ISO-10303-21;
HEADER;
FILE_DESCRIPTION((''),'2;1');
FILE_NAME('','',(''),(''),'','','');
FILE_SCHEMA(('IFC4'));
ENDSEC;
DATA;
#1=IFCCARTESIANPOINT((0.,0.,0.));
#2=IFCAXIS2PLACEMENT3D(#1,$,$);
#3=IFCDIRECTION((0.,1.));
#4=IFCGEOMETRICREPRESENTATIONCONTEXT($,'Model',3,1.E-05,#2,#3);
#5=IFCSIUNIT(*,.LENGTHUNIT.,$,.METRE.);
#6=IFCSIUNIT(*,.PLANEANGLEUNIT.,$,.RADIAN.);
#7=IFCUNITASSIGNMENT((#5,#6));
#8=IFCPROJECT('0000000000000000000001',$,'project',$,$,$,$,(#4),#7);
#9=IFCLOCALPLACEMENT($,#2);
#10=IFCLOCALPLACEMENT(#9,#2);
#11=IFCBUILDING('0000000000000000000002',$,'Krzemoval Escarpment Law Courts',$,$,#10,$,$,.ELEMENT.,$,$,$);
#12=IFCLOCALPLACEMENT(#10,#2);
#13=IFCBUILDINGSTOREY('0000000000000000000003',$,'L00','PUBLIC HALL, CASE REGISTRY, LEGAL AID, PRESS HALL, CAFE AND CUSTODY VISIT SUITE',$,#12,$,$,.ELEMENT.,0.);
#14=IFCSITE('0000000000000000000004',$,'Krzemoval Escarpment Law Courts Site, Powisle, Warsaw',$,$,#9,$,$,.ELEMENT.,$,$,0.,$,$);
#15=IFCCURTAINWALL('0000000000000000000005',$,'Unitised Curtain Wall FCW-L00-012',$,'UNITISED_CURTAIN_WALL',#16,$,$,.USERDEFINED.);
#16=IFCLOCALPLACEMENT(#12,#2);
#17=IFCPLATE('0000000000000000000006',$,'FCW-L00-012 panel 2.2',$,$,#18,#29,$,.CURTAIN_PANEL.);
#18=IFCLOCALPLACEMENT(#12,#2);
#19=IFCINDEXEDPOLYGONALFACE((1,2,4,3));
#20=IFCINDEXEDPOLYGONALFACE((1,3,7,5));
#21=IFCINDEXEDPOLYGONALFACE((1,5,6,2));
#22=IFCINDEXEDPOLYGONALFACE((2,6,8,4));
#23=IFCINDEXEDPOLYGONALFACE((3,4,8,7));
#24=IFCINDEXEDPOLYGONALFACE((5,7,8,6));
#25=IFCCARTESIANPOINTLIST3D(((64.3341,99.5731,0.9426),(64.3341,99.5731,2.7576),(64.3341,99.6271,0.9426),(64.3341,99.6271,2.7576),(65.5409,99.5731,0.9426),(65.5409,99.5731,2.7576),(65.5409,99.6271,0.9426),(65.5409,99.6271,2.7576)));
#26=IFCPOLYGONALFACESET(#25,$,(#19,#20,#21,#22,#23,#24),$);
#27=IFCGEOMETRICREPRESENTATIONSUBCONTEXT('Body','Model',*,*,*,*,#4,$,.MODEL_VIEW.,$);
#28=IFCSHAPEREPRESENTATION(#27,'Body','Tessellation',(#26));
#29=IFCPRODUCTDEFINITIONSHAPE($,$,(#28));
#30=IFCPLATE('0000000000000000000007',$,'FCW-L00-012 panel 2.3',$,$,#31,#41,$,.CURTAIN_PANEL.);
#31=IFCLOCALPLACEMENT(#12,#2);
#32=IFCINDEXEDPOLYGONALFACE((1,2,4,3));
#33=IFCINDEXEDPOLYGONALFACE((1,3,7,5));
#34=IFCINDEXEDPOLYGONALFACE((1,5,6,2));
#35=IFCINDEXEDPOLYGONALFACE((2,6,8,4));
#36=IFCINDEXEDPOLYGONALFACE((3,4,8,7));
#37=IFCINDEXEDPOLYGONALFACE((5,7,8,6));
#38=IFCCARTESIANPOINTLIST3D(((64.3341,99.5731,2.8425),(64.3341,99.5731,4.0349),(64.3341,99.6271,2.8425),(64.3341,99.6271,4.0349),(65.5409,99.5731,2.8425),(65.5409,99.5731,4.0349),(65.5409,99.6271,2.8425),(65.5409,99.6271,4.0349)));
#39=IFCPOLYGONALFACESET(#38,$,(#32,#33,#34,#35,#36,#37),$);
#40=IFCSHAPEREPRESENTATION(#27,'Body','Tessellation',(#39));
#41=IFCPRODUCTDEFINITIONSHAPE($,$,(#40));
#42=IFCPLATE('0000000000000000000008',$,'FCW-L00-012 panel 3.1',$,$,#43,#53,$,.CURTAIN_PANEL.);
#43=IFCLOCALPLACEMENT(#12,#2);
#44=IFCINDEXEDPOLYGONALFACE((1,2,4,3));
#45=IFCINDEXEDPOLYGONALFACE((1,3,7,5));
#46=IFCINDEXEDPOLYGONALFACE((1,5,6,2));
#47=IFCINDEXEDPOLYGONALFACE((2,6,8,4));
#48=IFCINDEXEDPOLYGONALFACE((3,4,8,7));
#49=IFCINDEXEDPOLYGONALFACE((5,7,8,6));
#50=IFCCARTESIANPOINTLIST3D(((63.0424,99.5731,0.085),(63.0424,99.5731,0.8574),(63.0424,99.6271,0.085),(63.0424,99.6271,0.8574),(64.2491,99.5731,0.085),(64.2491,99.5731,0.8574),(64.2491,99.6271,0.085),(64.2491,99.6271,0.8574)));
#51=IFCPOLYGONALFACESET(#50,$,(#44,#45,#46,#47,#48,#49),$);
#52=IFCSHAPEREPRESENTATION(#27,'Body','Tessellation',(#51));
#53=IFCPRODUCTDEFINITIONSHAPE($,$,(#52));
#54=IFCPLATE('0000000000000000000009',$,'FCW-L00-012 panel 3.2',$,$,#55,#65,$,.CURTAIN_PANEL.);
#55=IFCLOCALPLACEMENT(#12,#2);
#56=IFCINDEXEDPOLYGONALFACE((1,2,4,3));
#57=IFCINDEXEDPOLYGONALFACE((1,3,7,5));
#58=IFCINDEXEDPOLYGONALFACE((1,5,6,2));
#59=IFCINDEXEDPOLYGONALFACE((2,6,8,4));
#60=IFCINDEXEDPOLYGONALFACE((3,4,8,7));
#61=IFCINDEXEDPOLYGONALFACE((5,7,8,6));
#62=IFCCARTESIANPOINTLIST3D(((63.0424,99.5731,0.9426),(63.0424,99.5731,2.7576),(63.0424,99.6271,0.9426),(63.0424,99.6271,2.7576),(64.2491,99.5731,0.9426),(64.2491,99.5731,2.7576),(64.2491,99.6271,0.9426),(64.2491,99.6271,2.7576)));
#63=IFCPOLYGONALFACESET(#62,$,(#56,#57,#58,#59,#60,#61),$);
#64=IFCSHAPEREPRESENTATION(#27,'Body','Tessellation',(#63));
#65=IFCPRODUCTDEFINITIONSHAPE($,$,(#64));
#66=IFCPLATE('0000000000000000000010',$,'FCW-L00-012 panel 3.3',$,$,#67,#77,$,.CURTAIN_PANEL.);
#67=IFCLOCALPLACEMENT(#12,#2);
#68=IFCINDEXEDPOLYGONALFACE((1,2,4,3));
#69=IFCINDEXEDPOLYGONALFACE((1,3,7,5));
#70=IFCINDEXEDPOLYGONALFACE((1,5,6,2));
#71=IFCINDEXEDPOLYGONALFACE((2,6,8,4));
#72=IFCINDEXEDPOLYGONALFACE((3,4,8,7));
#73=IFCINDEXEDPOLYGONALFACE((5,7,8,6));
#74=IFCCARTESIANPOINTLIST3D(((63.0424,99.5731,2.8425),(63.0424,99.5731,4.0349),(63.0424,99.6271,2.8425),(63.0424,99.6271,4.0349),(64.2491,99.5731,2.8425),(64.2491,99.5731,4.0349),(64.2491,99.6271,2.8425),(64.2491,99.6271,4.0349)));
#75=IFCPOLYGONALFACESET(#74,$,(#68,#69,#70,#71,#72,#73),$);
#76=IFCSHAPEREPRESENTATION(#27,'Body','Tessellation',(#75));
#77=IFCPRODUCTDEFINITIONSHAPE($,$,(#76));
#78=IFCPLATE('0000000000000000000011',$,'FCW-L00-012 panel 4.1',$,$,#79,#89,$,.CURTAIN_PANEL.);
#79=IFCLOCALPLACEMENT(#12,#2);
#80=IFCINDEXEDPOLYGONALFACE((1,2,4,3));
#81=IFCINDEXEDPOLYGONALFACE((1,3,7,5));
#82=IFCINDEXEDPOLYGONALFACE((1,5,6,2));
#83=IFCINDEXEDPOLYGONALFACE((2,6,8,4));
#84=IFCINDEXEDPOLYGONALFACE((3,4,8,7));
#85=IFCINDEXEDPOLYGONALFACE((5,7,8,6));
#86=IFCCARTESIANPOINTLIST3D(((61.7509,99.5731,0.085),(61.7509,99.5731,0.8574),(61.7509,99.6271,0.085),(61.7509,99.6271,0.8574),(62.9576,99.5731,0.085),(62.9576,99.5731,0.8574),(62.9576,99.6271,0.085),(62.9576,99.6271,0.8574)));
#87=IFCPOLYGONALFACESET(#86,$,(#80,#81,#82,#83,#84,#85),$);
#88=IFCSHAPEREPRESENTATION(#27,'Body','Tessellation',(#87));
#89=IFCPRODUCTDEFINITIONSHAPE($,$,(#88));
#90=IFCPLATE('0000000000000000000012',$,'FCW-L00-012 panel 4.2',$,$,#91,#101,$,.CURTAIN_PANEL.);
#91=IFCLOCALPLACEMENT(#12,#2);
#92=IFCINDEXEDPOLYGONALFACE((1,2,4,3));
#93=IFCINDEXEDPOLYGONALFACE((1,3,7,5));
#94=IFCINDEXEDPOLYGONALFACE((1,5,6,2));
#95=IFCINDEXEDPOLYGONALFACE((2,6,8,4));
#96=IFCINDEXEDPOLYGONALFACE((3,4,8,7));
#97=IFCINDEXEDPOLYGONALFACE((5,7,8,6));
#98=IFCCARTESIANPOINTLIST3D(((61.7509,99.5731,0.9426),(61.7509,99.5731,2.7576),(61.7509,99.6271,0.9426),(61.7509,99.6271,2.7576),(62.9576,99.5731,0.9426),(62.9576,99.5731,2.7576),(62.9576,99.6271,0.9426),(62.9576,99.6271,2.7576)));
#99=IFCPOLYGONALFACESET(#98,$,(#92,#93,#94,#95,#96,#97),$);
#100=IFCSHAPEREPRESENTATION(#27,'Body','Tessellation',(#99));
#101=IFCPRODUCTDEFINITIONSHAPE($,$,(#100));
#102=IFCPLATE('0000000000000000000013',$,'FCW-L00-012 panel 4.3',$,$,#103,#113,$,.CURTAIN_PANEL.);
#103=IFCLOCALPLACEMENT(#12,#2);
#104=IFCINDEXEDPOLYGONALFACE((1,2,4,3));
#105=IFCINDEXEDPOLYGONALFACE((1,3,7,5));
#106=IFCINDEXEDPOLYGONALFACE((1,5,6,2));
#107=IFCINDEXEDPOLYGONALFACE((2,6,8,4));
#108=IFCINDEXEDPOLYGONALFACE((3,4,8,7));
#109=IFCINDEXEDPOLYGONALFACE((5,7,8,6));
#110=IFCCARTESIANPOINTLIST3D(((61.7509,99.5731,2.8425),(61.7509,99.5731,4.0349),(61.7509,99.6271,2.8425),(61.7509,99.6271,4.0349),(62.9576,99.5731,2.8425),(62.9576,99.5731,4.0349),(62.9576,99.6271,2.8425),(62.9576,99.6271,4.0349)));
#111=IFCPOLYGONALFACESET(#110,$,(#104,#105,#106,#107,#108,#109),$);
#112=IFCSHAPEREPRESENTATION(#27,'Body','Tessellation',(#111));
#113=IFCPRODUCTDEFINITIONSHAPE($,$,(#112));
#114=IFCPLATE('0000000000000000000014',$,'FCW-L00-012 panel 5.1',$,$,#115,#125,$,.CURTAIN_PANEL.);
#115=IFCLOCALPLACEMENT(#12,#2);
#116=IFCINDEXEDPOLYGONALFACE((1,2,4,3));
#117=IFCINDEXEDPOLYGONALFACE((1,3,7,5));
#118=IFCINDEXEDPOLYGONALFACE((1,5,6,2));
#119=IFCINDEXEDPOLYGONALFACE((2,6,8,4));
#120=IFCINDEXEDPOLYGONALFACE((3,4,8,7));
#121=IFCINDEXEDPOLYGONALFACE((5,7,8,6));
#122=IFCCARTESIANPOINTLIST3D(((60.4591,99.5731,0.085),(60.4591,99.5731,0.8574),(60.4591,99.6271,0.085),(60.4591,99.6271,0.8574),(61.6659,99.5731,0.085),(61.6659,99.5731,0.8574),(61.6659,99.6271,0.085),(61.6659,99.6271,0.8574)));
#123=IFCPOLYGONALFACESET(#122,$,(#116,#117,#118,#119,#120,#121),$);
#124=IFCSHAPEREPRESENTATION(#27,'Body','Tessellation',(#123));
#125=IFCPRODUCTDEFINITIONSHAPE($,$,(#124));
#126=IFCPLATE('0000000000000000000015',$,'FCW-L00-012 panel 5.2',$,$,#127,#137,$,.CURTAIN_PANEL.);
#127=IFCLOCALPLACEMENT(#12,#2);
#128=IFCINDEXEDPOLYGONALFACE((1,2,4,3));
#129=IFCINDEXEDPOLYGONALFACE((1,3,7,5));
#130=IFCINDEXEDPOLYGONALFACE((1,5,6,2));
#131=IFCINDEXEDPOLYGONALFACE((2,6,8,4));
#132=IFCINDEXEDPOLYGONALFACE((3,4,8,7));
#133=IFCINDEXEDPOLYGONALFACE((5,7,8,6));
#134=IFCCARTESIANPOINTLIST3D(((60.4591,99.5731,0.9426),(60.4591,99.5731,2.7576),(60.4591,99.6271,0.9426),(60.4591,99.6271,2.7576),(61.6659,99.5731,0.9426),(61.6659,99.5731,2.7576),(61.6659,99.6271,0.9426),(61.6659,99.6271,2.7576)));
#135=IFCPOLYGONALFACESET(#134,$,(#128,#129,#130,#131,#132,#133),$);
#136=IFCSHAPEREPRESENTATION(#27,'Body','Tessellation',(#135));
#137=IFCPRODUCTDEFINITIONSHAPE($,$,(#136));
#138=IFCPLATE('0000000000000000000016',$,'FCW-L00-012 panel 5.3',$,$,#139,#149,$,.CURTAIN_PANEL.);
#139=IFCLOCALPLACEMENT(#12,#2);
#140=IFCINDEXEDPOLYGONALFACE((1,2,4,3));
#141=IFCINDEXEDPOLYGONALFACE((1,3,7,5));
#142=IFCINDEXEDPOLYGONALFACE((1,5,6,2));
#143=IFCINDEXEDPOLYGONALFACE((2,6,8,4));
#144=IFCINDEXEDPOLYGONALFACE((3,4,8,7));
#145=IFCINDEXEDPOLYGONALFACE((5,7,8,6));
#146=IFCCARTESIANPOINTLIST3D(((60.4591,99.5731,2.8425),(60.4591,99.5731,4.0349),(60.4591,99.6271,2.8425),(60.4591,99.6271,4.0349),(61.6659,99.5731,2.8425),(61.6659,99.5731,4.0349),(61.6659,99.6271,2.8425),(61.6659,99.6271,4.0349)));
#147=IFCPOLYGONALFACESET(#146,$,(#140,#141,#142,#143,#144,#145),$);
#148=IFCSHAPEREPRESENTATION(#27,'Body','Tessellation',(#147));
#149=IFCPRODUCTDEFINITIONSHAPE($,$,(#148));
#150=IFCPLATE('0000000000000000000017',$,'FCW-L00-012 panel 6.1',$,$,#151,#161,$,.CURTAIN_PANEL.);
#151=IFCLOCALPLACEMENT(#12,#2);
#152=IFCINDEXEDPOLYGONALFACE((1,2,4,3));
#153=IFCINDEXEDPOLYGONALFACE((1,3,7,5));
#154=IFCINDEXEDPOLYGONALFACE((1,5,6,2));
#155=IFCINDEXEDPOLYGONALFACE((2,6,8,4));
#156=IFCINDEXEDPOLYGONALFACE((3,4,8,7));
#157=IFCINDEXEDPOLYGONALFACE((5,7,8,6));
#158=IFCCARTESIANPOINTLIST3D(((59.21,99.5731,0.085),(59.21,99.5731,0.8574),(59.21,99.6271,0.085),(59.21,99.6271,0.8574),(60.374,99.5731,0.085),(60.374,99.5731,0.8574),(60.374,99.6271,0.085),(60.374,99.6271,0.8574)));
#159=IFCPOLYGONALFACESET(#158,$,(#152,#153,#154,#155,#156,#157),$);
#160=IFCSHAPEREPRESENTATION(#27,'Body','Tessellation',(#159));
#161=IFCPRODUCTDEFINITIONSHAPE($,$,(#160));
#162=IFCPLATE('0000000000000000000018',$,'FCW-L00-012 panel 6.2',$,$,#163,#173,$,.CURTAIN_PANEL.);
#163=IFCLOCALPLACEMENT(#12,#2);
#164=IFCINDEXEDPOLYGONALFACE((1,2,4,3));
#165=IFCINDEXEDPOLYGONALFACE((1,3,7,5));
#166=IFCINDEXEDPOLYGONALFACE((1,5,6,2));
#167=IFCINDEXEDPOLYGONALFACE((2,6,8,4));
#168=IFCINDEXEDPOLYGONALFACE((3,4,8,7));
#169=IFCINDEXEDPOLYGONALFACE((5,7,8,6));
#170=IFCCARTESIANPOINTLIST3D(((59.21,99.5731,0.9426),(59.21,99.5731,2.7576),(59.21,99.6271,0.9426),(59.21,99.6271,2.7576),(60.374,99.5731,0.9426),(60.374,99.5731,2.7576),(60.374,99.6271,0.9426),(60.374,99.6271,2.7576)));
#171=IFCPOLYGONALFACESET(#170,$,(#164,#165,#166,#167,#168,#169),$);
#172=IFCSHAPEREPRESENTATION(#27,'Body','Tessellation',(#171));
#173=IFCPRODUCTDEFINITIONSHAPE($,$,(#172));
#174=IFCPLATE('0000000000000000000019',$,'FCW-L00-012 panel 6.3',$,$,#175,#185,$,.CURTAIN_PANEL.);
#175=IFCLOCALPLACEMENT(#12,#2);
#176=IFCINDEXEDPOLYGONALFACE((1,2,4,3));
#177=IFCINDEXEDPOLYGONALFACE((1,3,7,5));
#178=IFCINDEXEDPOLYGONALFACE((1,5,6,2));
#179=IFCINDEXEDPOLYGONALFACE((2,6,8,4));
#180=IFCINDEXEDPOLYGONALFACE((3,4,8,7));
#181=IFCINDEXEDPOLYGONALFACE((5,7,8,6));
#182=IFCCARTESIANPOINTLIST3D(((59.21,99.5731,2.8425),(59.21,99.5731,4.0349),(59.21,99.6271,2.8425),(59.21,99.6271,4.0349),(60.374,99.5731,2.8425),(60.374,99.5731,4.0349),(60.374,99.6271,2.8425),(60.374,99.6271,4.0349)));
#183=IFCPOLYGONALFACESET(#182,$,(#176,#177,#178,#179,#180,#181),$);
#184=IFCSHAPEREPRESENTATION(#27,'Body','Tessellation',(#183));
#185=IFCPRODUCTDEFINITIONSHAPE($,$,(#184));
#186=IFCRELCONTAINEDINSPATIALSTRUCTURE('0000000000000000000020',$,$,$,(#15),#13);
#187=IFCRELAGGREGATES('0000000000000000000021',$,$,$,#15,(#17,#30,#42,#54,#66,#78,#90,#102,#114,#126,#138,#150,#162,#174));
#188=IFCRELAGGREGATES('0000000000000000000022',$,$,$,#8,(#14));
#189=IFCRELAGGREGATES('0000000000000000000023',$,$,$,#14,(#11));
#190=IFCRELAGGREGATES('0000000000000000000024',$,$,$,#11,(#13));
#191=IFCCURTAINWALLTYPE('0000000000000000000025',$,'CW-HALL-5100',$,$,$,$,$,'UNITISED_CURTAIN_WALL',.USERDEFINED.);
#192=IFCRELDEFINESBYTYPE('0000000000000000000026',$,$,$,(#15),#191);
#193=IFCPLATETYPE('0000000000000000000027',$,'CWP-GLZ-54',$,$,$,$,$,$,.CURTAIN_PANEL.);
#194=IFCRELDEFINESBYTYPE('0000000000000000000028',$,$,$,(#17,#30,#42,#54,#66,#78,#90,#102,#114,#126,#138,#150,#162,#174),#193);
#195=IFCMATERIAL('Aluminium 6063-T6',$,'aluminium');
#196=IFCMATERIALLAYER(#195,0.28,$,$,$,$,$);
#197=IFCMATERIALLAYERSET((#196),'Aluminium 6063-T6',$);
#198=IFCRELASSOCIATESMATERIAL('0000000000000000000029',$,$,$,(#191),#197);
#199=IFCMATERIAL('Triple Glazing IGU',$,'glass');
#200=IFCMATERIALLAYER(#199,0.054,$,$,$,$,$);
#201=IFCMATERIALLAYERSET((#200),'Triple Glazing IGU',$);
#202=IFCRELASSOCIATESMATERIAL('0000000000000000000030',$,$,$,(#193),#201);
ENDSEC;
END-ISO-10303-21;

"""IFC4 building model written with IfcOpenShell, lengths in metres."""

from ifc_helpers import new_model, si_unit, direction, frame, origin, origin_2d, place, context, subcontext, project, spatial, rectangle, extrude, material, layer, layer_set, type_object, element, aggregate, save


model = new_model("IFC4")

# Units and contexts
model_context = context("Model", 3, precision=1e-05, world=origin(), true_north=direction((0.0, 1.0)))
body_context = subcontext(model_context, "Body", "Model", "MODEL_VIEW")
ifc_project = project(units=[si_unit("LENGTHUNIT", "METRE"), si_unit("PLANEANGLEUNIT", "RADIAN")], contexts=[model_context])

# Site, building, storey
site_placement = place(None, origin())
site = spatial("IfcSite", under=ifc_project, at=site_placement, Name="Krzemoval Escarpment Law Courts Site, Powisle, Warsaw", CompositionType="ELEMENT", RefElevation=0.0)
building_placement = place(site_placement, origin())
building = spatial("IfcBuilding", under=site, at=building_placement, Name="Krzemoval Escarpment Law Courts", CompositionType="ELEMENT")
storey_placement = place(building_placement, origin())
storey = spatial("IfcBuildingStorey", under=building, at=storey_placement, Name="L00", Description="PUBLIC HALL, CASE REGISTRY, LEGAL AID, PRESS HALL, CAFE AND CUSTODY VISIT SUITE", CompositionType="ELEMENT", Elevation=0.0)

# Curtain wall, plates
ifc_material_1 = material(Name="Aluminium 6063-T6", Category="aluminium")
ifc_layer_1 = layer(ifc_material_1, 0.28)
ifc_layer_set_1 = layer_set([ifc_layer_1], Name="Aluminium 6063-T6")
curtain_wall_type = type_object("IfcCurtainWallType", Name="CW-HALL-5100", ElementType="UNITISED_CURTAIN_WALL", PredefinedType="USERDEFINED", material=ifc_layer_set_1)
curtain_wall_placement = place(storey_placement, origin())
curtain_wall = element("IfcCurtainWall", 1, at=curtain_wall_placement, inside=storey, type_object=curtain_wall_type, Name="Unitised Curtain Wall FCW-L00-012", ObjectType="UNITISED_CURTAIN_WALL", PredefinedType="USERDEFINED")
ifc_material_2 = material(Name="Triple Glazing IGU", Category="glass")
ifc_layer_2 = layer(ifc_material_2, 0.054)
ifc_layer_set_2 = layer_set([ifc_layer_2], Name="Triple Glazing IGU")
plate_type = type_object("IfcPlateType", Name="CWP-GLZ-54", PredefinedType="CURTAIN_PANEL", material=ifc_layer_set_2)
plate_1_placement = place(storey_placement, frame((64.9375, 99.6001, 0.9426), z_axis=(0.0, 0.0, 1.0), x_axis=(-1.0, 0.0, 0.0)))
plate_1 = element("IfcPlate", 2, at=plate_1_placement, type_object=plate_type, Name="FCW-L00-012 panel 2.2", PredefinedType="CURTAIN_PANEL", context=body_context, shape_type="SweptSolid", body=[
    extrude(rectangle(XDim=1.2068, YDim=0.054, at=origin_2d()), origin(), (0.0, 0.0, 1.0), 1.8149),
])
plate_2_placement = place(storey_placement, frame((64.9375, 99.6001, 2.8425), z_axis=(0.0, 0.0, 1.0), x_axis=(-1.0, 0.0, 0.0)))
plate_2 = element("IfcPlate", 3, at=plate_2_placement, type_object=plate_type, Name="FCW-L00-012 panel 2.3", PredefinedType="CURTAIN_PANEL", context=body_context, shape_type="SweptSolid", body=[
    extrude(rectangle(XDim=1.2068, YDim=0.054, at=origin_2d()), origin(), (0.0, 0.0, 1.0), 1.1924),
])
plate_3_placement = place(storey_placement, frame((63.6458, 99.6001, 0.085), z_axis=(0.0, 0.0, 1.0), x_axis=(-1.0, 0.0, 0.0)))
plate_3 = element("IfcPlate", 4, at=plate_3_placement, type_object=plate_type, Name="FCW-L00-012 panel 3.1", PredefinedType="CURTAIN_PANEL", context=body_context, shape_type="SweptSolid", body=[
    extrude(rectangle(XDim=1.2068, YDim=0.054, at=origin_2d()), origin(), (0.0, 0.0, 1.0), 0.7725),
])
plate_4_placement = place(storey_placement, frame((63.6458, 99.6001, 0.9426), z_axis=(0.0, 0.0, 1.0), x_axis=(-1.0, 0.0, 0.0)))
plate_4 = element("IfcPlate", 5, at=plate_4_placement, type_object=plate_type, Name="FCW-L00-012 panel 3.2", PredefinedType="CURTAIN_PANEL", context=body_context, shape_type="SweptSolid", body=[
    extrude(rectangle(XDim=1.2068, YDim=0.054, at=origin_2d()), origin(), (0.0, 0.0, 1.0), 1.8149),
])
plate_5_placement = place(storey_placement, frame((63.6458, 99.6001, 2.8425), z_axis=(0.0, 0.0, 1.0), x_axis=(-1.0, 0.0, 0.0)))
plate_5 = element("IfcPlate", 6, at=plate_5_placement, type_object=plate_type, Name="FCW-L00-012 panel 3.3", PredefinedType="CURTAIN_PANEL", context=body_context, shape_type="SweptSolid", body=[
    extrude(rectangle(XDim=1.2068, YDim=0.054, at=origin_2d()), origin(), (0.0, 0.0, 1.0), 1.1924),
])
plate_6_placement = place(storey_placement, frame((62.3542, 99.6001, 0.085), z_axis=(0.0, 0.0, 1.0), x_axis=(-1.0, 0.0, 0.0)))
plate_6 = element("IfcPlate", 7, at=plate_6_placement, type_object=plate_type, Name="FCW-L00-012 panel 4.1", PredefinedType="CURTAIN_PANEL", context=body_context, shape_type="SweptSolid", body=[
    extrude(rectangle(XDim=1.2068, YDim=0.054, at=origin_2d()), origin(), (0.0, 0.0, 1.0), 0.7725),
])
plate_7_placement = place(storey_placement, frame((62.3542, 99.6001, 0.9426), z_axis=(0.0, 0.0, 1.0), x_axis=(-1.0, 0.0, 0.0)))
plate_7 = element("IfcPlate", 8, at=plate_7_placement, type_object=plate_type, Name="FCW-L00-012 panel 4.2", PredefinedType="CURTAIN_PANEL", context=body_context, shape_type="SweptSolid", body=[
    extrude(rectangle(XDim=1.2068, YDim=0.054, at=origin_2d()), origin(), (0.0, 0.0, 1.0), 1.8149),
])
plate_8_placement = place(storey_placement, frame((62.3542, 99.6001, 2.8425), z_axis=(0.0, 0.0, 1.0), x_axis=(-1.0, 0.0, 0.0)))
plate_8 = element("IfcPlate", 9, at=plate_8_placement, type_object=plate_type, Name="FCW-L00-012 panel 4.3", PredefinedType="CURTAIN_PANEL", context=body_context, shape_type="SweptSolid", body=[
    extrude(rectangle(XDim=1.2068, YDim=0.054, at=origin_2d()), origin(), (0.0, 0.0, 1.0), 1.1924),
])
plate_9_placement = place(storey_placement, frame((61.0625, 99.6001, 0.085), z_axis=(0.0, 0.0, 1.0), x_axis=(-1.0, 0.0, 0.0)))
plate_9 = element("IfcPlate", 10, at=plate_9_placement, type_object=plate_type, Name="FCW-L00-012 panel 5.1", PredefinedType="CURTAIN_PANEL", context=body_context, shape_type="SweptSolid", body=[
    extrude(rectangle(XDim=1.2068, YDim=0.054, at=origin_2d()), origin(), (0.0, 0.0, 1.0), 0.7725),
])
plate_10_placement = place(storey_placement, frame((61.0625, 99.6001, 0.9426), z_axis=(0.0, 0.0, 1.0), x_axis=(-1.0, 0.0, 0.0)))
plate_10 = element("IfcPlate", 11, at=plate_10_placement, type_object=plate_type, Name="FCW-L00-012 panel 5.2", PredefinedType="CURTAIN_PANEL", context=body_context, shape_type="SweptSolid", body=[
    extrude(rectangle(XDim=1.2068, YDim=0.054, at=origin_2d()), origin(), (0.0, 0.0, 1.0), 1.8149),
])
plate_11_placement = place(storey_placement, frame((61.0625, 99.6001, 2.8425), z_axis=(0.0, 0.0, 1.0), x_axis=(-1.0, 0.0, 0.0)))
plate_11 = element("IfcPlate", 12, at=plate_11_placement, type_object=plate_type, Name="FCW-L00-012 panel 5.3", PredefinedType="CURTAIN_PANEL", context=body_context, shape_type="SweptSolid", body=[
    extrude(rectangle(XDim=1.2068, YDim=0.054, at=origin_2d()), origin(), (0.0, 0.0, 1.0), 1.1924),
])
plate_12_placement = place(storey_placement, frame((59.792, 99.6001, 0.085), z_axis=(0.0, 0.0, 1.0), x_axis=(-1.0, 0.0, 0.0)))
plate_12 = element("IfcPlate", 13, at=plate_12_placement, type_object=plate_type, Name="FCW-L00-012 panel 6.1", PredefinedType="CURTAIN_PANEL", context=body_context, shape_type="SweptSolid", body=[
    extrude(rectangle(XDim=1.1641, YDim=0.054, at=origin_2d()), origin(), (0.0, 0.0, 1.0), 0.7725),
])
plate_13_placement = place(storey_placement, frame((59.792, 99.6001, 0.9426), z_axis=(0.0, 0.0, 1.0), x_axis=(-1.0, 0.0, 0.0)))
plate_13 = element("IfcPlate", 14, at=plate_13_placement, type_object=plate_type, Name="FCW-L00-012 panel 6.2", PredefinedType="CURTAIN_PANEL", context=body_context, shape_type="SweptSolid", body=[
    extrude(rectangle(XDim=1.1641, YDim=0.054, at=origin_2d()), origin(), (0.0, 0.0, 1.0), 1.8149),
])
plate_14_placement = place(storey_placement, frame((59.792, 99.6001, 2.8425), z_axis=(0.0, 0.0, 1.0), x_axis=(-1.0, 0.0, 0.0)))
plate_14 = element("IfcPlate", 15, at=plate_14_placement, type_object=plate_type, Name="FCW-L00-012 panel 6.3", PredefinedType="CURTAIN_PANEL", context=body_context, shape_type="SweptSolid", body=[
    extrude(rectangle(XDim=1.1641, YDim=0.054, at=origin_2d()), origin(), (0.0, 0.0, 1.0), 1.1924),
])
aggregate(curtain_wall, [plate_1, plate_2, plate_3, plate_4, plate_5, plate_6, plate_7, plate_8, plate_9, plate_10, plate_11, plate_12, plate_13, plate_14])

save(model, "model.ifc")
